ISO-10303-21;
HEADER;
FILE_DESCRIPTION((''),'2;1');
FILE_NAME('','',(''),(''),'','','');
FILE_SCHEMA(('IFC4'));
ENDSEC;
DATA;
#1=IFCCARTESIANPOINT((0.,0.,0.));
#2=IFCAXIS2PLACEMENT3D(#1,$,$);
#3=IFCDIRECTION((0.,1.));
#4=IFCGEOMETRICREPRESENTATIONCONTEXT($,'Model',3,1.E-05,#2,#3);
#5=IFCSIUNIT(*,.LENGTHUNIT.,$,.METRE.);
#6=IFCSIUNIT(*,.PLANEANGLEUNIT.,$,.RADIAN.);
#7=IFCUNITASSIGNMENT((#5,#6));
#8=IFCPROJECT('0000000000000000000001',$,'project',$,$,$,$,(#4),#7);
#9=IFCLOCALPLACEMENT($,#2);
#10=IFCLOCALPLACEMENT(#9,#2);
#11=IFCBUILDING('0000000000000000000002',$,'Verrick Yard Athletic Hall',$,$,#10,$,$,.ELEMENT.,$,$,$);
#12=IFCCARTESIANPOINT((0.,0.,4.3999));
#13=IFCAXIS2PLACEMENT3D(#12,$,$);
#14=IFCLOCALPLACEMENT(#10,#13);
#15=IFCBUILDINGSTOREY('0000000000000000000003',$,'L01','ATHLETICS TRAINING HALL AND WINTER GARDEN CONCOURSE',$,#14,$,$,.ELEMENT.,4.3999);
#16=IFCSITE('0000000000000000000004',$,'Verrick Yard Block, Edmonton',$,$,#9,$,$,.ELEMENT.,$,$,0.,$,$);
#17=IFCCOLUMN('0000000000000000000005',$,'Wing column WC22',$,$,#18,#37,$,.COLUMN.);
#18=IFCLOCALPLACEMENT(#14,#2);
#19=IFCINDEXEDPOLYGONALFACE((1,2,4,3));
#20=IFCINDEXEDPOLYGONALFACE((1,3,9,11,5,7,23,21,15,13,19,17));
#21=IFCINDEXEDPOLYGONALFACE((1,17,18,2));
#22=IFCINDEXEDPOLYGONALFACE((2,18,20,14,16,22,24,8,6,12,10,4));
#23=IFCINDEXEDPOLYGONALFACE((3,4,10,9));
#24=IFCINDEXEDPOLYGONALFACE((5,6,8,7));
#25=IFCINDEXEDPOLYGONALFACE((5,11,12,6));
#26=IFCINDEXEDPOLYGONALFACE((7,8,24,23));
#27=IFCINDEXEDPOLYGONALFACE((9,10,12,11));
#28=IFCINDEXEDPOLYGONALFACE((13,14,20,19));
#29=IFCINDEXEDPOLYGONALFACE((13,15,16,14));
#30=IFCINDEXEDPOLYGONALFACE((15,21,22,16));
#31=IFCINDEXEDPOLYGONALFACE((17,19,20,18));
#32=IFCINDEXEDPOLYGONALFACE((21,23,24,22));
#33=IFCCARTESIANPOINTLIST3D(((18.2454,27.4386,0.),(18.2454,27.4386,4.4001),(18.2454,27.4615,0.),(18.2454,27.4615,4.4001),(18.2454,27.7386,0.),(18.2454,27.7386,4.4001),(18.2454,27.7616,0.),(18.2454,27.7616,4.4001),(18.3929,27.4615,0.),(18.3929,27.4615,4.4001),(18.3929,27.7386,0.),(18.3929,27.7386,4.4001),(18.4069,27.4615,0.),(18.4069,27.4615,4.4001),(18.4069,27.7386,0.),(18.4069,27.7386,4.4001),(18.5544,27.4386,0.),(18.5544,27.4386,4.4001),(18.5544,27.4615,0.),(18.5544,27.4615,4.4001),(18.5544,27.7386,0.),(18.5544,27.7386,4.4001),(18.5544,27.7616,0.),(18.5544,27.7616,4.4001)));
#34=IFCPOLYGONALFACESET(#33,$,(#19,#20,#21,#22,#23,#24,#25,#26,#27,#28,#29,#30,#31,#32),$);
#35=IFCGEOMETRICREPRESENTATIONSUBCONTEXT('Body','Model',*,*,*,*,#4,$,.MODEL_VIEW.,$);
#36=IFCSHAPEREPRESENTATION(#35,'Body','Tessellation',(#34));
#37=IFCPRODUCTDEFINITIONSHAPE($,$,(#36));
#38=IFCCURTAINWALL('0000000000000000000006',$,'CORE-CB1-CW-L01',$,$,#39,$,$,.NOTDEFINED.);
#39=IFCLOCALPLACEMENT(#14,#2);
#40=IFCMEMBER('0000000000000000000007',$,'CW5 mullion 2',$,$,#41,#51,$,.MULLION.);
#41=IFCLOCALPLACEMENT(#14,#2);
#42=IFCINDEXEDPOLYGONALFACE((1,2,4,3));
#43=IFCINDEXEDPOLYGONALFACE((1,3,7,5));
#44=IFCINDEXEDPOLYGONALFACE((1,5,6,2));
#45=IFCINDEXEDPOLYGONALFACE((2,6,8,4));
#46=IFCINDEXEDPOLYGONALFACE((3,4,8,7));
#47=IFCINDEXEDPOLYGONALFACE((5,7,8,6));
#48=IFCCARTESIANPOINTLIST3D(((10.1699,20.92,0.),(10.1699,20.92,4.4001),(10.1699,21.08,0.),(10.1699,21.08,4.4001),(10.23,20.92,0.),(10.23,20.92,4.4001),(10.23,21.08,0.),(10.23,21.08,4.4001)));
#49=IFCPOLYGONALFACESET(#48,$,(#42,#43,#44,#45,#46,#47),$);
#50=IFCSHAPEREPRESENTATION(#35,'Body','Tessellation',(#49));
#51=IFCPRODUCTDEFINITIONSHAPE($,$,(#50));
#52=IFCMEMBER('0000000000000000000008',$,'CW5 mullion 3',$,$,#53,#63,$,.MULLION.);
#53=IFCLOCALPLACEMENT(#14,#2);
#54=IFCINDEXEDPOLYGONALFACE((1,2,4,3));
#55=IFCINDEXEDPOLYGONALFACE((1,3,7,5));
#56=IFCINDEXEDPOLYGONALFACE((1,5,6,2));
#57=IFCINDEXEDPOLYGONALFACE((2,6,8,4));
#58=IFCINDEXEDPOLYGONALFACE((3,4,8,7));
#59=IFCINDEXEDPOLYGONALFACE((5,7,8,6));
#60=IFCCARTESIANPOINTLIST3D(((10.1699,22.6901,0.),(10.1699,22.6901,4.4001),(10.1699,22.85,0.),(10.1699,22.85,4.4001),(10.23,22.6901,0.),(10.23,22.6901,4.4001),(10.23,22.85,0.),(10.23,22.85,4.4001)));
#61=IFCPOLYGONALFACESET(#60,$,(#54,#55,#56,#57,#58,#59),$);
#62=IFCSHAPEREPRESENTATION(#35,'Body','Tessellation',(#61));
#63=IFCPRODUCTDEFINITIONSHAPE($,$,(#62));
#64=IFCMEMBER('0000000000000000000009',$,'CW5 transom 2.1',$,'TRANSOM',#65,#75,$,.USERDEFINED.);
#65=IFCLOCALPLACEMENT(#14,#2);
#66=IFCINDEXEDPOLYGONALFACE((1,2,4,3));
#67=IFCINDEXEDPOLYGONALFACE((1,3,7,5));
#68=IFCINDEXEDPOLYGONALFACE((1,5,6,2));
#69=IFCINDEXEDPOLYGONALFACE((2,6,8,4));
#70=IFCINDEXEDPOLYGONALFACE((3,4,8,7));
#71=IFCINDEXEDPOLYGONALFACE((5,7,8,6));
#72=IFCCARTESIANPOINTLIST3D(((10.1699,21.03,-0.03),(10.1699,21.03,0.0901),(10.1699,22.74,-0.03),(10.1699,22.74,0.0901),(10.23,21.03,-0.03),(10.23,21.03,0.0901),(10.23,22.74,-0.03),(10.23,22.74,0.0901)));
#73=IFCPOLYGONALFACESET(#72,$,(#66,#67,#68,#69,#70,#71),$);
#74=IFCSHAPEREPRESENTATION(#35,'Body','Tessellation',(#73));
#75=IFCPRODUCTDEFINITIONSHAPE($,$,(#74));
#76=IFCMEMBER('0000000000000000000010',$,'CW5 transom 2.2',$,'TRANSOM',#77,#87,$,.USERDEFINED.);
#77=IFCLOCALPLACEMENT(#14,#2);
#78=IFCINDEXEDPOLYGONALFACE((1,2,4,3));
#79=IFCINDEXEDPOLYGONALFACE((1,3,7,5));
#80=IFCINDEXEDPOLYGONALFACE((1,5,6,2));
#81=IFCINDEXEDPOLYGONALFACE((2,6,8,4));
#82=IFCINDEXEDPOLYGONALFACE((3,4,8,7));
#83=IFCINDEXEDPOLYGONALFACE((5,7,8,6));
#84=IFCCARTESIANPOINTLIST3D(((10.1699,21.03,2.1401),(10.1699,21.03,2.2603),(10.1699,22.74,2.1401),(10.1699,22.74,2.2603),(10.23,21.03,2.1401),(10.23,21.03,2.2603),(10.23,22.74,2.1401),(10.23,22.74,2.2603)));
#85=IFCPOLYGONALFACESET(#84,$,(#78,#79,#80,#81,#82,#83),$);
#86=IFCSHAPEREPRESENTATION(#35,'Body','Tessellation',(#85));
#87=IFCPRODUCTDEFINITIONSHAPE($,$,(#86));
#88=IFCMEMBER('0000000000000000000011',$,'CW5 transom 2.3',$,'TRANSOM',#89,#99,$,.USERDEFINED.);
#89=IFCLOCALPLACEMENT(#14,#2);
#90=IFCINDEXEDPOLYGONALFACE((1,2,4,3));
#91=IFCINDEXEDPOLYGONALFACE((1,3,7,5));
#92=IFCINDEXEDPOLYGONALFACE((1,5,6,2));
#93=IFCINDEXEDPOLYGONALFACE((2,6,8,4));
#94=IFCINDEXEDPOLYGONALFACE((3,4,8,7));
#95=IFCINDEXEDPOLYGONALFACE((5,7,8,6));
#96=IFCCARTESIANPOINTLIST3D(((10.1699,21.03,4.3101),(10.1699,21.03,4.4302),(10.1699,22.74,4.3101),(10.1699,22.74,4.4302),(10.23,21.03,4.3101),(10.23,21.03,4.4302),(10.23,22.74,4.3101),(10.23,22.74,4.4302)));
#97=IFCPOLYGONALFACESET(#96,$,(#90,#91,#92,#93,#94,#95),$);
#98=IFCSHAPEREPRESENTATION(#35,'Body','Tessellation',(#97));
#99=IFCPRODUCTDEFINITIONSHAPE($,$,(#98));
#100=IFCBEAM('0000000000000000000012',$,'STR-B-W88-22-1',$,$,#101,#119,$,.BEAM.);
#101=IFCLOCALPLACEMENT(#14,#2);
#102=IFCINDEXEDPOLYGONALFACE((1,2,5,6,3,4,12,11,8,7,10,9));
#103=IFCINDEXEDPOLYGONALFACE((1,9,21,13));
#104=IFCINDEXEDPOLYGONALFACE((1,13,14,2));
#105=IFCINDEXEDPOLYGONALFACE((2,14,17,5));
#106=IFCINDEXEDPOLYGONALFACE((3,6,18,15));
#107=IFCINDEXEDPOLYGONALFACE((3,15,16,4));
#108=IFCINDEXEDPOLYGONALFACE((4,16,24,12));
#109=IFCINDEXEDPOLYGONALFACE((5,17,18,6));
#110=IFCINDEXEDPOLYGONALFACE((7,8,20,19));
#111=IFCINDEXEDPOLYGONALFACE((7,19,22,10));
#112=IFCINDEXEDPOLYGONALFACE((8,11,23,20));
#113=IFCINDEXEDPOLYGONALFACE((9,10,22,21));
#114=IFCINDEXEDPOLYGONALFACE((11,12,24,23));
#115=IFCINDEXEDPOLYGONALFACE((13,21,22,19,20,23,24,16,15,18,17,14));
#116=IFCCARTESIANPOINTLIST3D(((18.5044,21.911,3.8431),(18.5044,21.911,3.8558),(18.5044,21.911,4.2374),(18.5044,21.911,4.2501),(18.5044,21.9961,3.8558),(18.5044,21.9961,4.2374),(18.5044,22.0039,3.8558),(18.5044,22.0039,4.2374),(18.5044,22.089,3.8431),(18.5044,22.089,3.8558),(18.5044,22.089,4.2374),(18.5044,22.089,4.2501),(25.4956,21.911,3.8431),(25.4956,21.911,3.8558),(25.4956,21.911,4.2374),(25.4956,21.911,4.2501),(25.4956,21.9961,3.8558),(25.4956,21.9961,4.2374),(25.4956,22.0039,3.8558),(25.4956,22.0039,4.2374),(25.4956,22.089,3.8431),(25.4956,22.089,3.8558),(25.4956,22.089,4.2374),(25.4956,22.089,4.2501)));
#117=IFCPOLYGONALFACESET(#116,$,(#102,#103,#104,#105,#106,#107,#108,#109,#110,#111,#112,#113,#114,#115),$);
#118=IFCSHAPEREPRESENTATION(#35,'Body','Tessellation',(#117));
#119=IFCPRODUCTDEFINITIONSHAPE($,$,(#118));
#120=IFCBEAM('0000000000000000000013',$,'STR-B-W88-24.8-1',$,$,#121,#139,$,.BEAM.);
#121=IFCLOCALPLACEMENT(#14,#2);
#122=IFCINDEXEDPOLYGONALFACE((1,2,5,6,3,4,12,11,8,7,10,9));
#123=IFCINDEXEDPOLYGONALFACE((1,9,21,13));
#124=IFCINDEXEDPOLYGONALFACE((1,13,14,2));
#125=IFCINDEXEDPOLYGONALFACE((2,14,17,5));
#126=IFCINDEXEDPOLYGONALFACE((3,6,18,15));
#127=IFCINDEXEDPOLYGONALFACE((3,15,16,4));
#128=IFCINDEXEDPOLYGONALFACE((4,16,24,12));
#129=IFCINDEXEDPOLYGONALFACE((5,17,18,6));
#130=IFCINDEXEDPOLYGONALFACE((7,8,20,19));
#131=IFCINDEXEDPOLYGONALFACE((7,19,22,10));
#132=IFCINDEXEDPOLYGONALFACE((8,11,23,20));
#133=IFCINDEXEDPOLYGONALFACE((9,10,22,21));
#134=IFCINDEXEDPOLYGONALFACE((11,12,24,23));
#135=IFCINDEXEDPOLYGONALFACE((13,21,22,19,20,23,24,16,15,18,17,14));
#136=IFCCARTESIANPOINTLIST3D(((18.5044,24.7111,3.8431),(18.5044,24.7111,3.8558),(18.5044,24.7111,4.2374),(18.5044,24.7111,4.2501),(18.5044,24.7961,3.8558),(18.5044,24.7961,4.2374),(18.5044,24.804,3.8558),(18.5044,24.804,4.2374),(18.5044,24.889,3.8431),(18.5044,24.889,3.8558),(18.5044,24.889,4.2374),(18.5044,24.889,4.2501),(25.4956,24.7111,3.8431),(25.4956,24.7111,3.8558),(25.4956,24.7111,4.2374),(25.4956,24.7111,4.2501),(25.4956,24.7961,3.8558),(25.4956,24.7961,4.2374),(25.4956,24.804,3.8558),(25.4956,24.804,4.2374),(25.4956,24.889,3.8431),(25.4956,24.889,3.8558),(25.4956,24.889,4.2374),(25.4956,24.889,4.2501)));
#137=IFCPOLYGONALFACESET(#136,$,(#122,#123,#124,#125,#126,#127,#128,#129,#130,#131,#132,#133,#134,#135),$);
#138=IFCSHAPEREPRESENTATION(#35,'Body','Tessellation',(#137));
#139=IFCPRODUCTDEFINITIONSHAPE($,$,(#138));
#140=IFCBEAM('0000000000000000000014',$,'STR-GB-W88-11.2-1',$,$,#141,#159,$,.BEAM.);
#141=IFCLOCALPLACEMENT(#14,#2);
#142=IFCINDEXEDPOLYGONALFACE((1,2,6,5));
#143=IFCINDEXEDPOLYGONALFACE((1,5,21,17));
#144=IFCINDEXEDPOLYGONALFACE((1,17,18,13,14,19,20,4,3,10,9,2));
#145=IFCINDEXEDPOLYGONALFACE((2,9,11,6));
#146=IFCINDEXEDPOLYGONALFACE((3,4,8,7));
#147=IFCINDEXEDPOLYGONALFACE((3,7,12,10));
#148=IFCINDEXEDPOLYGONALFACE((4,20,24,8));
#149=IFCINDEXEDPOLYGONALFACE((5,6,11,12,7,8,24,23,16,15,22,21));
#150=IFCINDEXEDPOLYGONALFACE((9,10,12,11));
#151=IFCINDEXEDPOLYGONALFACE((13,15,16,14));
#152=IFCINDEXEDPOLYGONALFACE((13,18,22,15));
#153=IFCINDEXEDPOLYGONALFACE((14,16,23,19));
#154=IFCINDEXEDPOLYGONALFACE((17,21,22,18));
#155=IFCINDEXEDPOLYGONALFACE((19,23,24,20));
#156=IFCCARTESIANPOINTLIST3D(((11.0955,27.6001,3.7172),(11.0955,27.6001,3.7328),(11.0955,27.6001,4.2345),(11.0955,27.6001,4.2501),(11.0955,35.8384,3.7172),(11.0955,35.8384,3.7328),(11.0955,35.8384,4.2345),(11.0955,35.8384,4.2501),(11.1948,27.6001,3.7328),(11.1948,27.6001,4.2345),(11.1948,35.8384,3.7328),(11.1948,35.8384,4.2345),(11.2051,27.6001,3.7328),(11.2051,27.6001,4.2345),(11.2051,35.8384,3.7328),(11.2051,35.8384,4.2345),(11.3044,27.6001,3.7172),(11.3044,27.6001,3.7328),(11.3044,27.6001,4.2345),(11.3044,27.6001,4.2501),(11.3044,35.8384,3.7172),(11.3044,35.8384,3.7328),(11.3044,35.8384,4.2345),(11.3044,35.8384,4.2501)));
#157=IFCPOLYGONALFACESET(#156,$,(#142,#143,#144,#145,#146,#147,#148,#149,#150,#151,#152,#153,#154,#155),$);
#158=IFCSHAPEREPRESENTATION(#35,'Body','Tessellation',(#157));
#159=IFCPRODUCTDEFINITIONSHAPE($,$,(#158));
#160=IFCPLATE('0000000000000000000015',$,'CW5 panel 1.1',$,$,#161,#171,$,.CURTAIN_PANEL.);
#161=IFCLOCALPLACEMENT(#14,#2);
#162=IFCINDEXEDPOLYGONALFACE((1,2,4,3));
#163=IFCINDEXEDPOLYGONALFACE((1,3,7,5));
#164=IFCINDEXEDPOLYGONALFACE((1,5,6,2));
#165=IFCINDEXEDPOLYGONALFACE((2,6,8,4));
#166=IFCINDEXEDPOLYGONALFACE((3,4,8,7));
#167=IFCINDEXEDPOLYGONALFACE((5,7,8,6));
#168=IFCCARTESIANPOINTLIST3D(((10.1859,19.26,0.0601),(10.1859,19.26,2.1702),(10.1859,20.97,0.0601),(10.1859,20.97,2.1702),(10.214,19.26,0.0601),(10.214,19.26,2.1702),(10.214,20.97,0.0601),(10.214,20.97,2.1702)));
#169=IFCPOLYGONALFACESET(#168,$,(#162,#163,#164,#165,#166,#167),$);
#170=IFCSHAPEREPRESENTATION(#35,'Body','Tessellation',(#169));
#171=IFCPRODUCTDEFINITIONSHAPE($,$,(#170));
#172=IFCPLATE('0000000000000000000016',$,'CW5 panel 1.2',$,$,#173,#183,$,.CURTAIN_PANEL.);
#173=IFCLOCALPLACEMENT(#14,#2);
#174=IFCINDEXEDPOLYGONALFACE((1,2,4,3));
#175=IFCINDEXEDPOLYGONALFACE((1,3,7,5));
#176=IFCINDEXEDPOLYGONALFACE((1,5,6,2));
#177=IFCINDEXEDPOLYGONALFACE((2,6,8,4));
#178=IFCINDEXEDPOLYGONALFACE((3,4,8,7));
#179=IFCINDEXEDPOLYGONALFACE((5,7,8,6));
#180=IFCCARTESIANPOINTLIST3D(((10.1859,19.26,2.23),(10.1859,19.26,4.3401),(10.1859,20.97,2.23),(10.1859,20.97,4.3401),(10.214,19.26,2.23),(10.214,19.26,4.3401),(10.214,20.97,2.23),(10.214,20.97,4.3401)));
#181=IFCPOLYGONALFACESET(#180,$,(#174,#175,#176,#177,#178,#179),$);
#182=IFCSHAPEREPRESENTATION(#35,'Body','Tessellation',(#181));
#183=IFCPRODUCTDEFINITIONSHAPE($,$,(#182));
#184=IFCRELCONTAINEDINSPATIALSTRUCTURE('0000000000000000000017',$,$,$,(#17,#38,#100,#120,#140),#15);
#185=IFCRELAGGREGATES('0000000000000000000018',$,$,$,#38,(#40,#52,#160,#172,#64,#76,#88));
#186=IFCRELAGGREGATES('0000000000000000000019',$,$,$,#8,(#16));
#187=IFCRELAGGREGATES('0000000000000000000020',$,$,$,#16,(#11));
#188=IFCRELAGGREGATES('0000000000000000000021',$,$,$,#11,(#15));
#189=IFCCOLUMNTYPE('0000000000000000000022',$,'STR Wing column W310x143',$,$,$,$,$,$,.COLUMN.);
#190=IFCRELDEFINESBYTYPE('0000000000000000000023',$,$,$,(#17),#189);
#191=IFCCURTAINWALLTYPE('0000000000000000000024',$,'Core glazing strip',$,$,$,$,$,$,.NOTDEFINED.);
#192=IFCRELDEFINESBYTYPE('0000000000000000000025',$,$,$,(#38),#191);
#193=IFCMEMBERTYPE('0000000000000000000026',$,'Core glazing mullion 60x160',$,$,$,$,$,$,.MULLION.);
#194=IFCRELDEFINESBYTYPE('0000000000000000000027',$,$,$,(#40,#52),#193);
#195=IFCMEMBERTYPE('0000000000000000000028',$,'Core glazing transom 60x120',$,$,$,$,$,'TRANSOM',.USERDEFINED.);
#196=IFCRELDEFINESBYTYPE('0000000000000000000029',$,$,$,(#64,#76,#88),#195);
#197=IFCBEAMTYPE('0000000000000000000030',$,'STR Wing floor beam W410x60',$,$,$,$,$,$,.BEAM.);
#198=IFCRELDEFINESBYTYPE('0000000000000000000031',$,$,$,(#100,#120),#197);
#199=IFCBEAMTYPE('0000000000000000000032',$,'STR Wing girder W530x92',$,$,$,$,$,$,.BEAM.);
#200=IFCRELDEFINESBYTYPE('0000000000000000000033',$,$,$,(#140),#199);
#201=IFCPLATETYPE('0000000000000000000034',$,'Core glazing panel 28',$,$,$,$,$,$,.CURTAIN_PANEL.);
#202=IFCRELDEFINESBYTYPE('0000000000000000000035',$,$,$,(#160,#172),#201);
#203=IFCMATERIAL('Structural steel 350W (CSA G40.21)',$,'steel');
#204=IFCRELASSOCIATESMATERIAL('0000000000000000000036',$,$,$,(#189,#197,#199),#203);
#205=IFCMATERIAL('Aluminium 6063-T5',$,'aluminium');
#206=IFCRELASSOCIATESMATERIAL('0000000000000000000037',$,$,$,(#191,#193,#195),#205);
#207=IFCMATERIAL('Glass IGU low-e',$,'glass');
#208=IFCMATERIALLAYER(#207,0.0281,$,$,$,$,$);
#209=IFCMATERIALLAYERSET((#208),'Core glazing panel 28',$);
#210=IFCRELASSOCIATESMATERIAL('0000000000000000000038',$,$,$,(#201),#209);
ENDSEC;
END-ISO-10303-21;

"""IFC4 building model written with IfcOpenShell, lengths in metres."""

from ifc_helpers import new_model, si_unit, direction, frame, origin, origin_2d, place, context, subcontext, project, spatial, rectangle, i_section, extrude, material, layer, layer_set, material_profile, profile_set, type_object, element, aggregate, save


model = new_model("IFC4")

# Units and contexts
model_context = context("Model", 3, precision=1e-05, world=origin(), true_north=direction((0.0, 1.0)))
body_context = subcontext(model_context, "Body", "Model", "MODEL_VIEW")
ifc_project = project(units=[si_unit("LENGTHUNIT", "METRE"), si_unit("PLANEANGLEUNIT", "RADIAN")], contexts=[model_context])

# Site, building, storey
site_placement = place(None, origin())
site = spatial("IfcSite", under=ifc_project, at=site_placement, Name="Verrick Yard Block, Edmonton", CompositionType="ELEMENT", RefElevation=0.0)
building_placement = place(site_placement, origin())
building = spatial("IfcBuilding", under=site, at=building_placement, Name="Verrick Yard Athletic Hall", CompositionType="ELEMENT")
storey_placement = place(building_placement, frame((0.0, 0.0, 4.3999)))
storey = spatial("IfcBuildingStorey", under=building, at=storey_placement, Name="L01", Description="ATHLETICS TRAINING HALL AND WINTER GARDEN CONCOURSE", CompositionType="ELEMENT", Elevation=4.3999)

# Column
ifc_material_1 = material(Name="Structural steel 350W (CSA G40.21)", Category="steel")
ifc_material_profile_1 = material_profile(ifc_material_1, i_section(OverallWidth=0.3091, OverallDepth=0.323, WebThickness=0.0139, FlangeThickness=0.0229, at=origin_2d()), Name="W310x143")
ifc_profile_set_1 = profile_set([ifc_material_profile_1], Name="Structural steel 350W (CSA G40.21)")
column_type = type_object("IfcColumnType", Name="STR Wing column W310x143", PredefinedType="COLUMN", material=ifc_profile_set_1)
column_placement = place(storey_placement, frame((18.3999, 27.6001, 0.0), z_axis=(0.0, 0.0, 1.0), x_axis=(1.0, 0.0, 0.0)))
element("IfcColumn", 1, at=column_placement, inside=storey, type_object=column_type, Name="Wing column WC22", PredefinedType="COLUMN", context=body_context, shape_type="SweptSolid", body=[
    extrude(i_section(OverallWidth=0.3091, OverallDepth=0.323, WebThickness=0.0139, FlangeThickness=0.0229, at=origin_2d()), origin(), (0.0, 0.0, 1.0), 4.4001),
])

# Curtain wall, members
ifc_material_2 = material(Name="Aluminium 6063-T5", Category="aluminium")
curtain_wall_type = type_object("IfcCurtainWallType", Name="Core glazing strip", PredefinedType="NOTDEFINED", material=ifc_material_2)
curtain_wall_placement = place(storey_placement, origin())
curtain_wall = element("IfcCurtainWall", 2, at=curtain_wall_placement, inside=storey, type_object=curtain_wall_type, Name="CORE-CB1-CW-L01", PredefinedType="NOTDEFINED")
ifc_material_profile_2 = material_profile(ifc_material_2, rectangle(XDim=0.0601, YDim=0.1599, at=origin_2d()), Name="Core glazing mullion 60x160")
ifc_profile_set_2 = profile_set([ifc_material_profile_2], Name="Aluminium 6063-T5")
member_type_1 = type_object("IfcMemberType", Name="Core glazing mullion 60x160", PredefinedType="MULLION", material=ifc_profile_set_2)
member_1_placement = place(storey_placement, frame((10.2, 21.0, 0.0), z_axis=(0.0, 0.0, 1.0), x_axis=(-1.0, 0.0, 0.0)))
member_1 = element("IfcMember", 3, at=member_1_placement, type_object=member_type_1, Name="CW5 mullion 2", PredefinedType="MULLION", context=body_context, shape_type="SweptSolid", body=[
    extrude(rectangle(XDim=0.0601, YDim=0.1599, at=origin_2d()), origin(), (0.0, 0.0, 1.0), 4.4001),
])
member_2_placement = place(storey_placement, frame((10.2, 22.77, 0.0), z_axis=(0.0, 0.0, 1.0), x_axis=(-1.0, 0.0, 0.0)))
member_2 = element("IfcMember", 4, at=member_2_placement, type_object=member_type_1, Name="CW5 mullion 3", PredefinedType="MULLION", context=body_context, shape_type="SweptSolid", body=[
    extrude(rectangle(XDim=0.0601, YDim=0.1599, at=origin_2d()), origin(), (0.0, 0.0, 1.0), 4.4001),
])
ifc_material_profile_3 = material_profile(ifc_material_2, rectangle(XDim=0.0601, YDim=0.1201, at=origin_2d()), Name="Core glazing transom 60x120")
ifc_profile_set_3 = profile_set([ifc_material_profile_3], Name="Aluminium 6063-T5")
member_type_2 = type_object("IfcMemberType", Name="Core glazing transom 60x120", ElementType="TRANSOM", PredefinedType="USERDEFINED", material=ifc_profile_set_3)
member_3_placement = place(storey_placement, frame((10.2, 21.03, 0.03), z_axis=(0.0, 1.0, 0.0), x_axis=(-1.0, 0.0, 0.0)))
member_3 = element("IfcMember", 5, at=member_3_placement, type_object=member_type_2, Name="CW5 transom 2.1", ObjectType="TRANSOM", PredefinedType="USERDEFINED", context=body_context, shape_type="SweptSolid", body=[
    extrude(rectangle(XDim=0.0601, YDim=0.1201, at=origin_2d()), origin(), (0.0, 0.0, 1.0), 1.71),
])
member_4_placement = place(storey_placement, frame((10.2, 21.03, 2.2002), z_axis=(0.0, 1.0, 0.0), x_axis=(-1.0, 0.0, 0.0)))
member_4 = element("IfcMember", 6, at=member_4_placement, type_object=member_type_2, Name="CW5 transom 2.2", ObjectType="TRANSOM", PredefinedType="USERDEFINED", context=body_context, shape_type="SweptSolid", body=[
    extrude(rectangle(XDim=0.0601, YDim=0.1201, at=origin_2d()), origin(), (0.0, 0.0, 1.0), 1.71),
])
member_5_placement = place(storey_placement, frame((10.2, 21.03, 4.3701), z_axis=(0.0, 1.0, 0.0), x_axis=(-1.0, 0.0, 0.0)))
member_5 = element("IfcMember", 7, at=member_5_placement, type_object=member_type_2, Name="CW5 transom 2.3", ObjectType="TRANSOM", PredefinedType="USERDEFINED", context=body_context, shape_type="SweptSolid", body=[
    extrude(rectangle(XDim=0.0601, YDim=0.1201, at=origin_2d()), origin(), (0.0, 0.0, 1.0), 1.71),
])

# Beams
ifc_material_profile_4 = material_profile(ifc_material_1, i_section(OverallWidth=0.178, OverallDepth=0.407, WebThickness=0.0078, FlangeThickness=0.0127, at=origin_2d()), Name="W410x60")
ifc_profile_set_4 = profile_set([ifc_material_profile_4], Name="Structural steel 350W (CSA G40.21)")
beam_type_1 = type_object("IfcBeamType", Name="STR Wing floor beam W410x60", PredefinedType="BEAM", material=ifc_profile_set_4)
for number, where, z_axis, x_axis, name in (
    (8, (18.5044, 22.0, 4.0466), (1.0, 0.0, 0.0), (0.0, 1.0, 0.0), "STR-B-W88-22-1"),
    (9, (18.5044, 24.8, 4.0466), (1.0, 0.0, 0.0), (0.0, 1.0, 0.0), "STR-B-W88-24.8-1"),
):
    element("IfcBeam", number, at=place(storey_placement, frame(where, z_axis=z_axis, x_axis=x_axis)), inside=storey, type_object=beam_type_1, Name=name, PredefinedType="BEAM", context=body_context, shape_type="SweptSolid", body=[
        extrude(i_section(OverallWidth=0.178, OverallDepth=0.407, WebThickness=0.0078, FlangeThickness=0.0127, at=origin_2d()), origin(), (0.0, 0.0, 1.0), 6.9912),
    ])
ifc_material_profile_5 = material_profile(ifc_material_1, i_section(OverallWidth=0.209, OverallDepth=0.533, WebThickness=0.0103, FlangeThickness=0.0156, at=origin_2d()), Name="W530x92")
ifc_profile_set_5 = profile_set([ifc_material_profile_5], Name="Structural steel 350W (CSA G40.21)")
beam_type_2 = type_object("IfcBeamType", Name="STR Wing girder W530x92", PredefinedType="BEAM", material=ifc_profile_set_5)
beam_placement = place(storey_placement, frame((11.2, 27.6001, 3.9836), z_axis=(0.0, 1.0, 0.0), x_axis=(-1.0, 0.0, 0.0)))
element("IfcBeam", 10, at=beam_placement, inside=storey, type_object=beam_type_2, Name="STR-GB-W88-11.2-1", PredefinedType="BEAM", context=body_context, shape_type="SweptSolid", body=[
    extrude(i_section(OverallWidth=0.209, OverallDepth=0.533, WebThickness=0.0103, FlangeThickness=0.0156, at=origin_2d()), origin(), (0.0, 0.0, 1.0), 8.2383),
])

# Plates
ifc_material_3 = material(Name="Glass IGU low-e", Category="glass")
ifc_layer_1 = layer(ifc_material_3, 0.0281)
ifc_layer_set_1 = layer_set([ifc_layer_1], Name="Core glazing panel 28")
plate_type = type_object("IfcPlateType", Name="Core glazing panel 28", PredefinedType="CURTAIN_PANEL", material=ifc_layer_set_1)
plate_1_placement = place(storey_placement, frame((10.2, 20.115, 0.0601), z_axis=(0.0, 0.0, 1.0), x_axis=(0.0, 1.0, 0.0)))
plate_1 = element("IfcPlate", 11, at=plate_1_placement, type_object=plate_type, Name="CW5 panel 1.1", PredefinedType="CURTAIN_PANEL", context=body_context, shape_type="SweptSolid", body=[
    extrude(rectangle(XDim=1.71, YDim=0.0281, at=origin_2d()), origin(), (0.0, 0.0, 1.0), 2.1101),
])
plate_2_placement = place(storey_placement, frame((10.2, 20.115, 2.23), z_axis=(0.0, 0.0, 1.0), x_axis=(0.0, 1.0, 0.0)))
plate_2 = element("IfcPlate", 12, at=plate_2_placement, type_object=plate_type, Name="CW5 panel 1.2", PredefinedType="CURTAIN_PANEL", context=body_context, shape_type="SweptSolid", body=[
    extrude(rectangle(XDim=1.71, YDim=0.0281, at=origin_2d()), origin(), (0.0, 0.0, 1.0), 2.1101),
])
aggregate(curtain_wall, [member_1, member_2, plate_1, plate_2, member_3, member_4, member_5])

save(model, "model.ifc")
